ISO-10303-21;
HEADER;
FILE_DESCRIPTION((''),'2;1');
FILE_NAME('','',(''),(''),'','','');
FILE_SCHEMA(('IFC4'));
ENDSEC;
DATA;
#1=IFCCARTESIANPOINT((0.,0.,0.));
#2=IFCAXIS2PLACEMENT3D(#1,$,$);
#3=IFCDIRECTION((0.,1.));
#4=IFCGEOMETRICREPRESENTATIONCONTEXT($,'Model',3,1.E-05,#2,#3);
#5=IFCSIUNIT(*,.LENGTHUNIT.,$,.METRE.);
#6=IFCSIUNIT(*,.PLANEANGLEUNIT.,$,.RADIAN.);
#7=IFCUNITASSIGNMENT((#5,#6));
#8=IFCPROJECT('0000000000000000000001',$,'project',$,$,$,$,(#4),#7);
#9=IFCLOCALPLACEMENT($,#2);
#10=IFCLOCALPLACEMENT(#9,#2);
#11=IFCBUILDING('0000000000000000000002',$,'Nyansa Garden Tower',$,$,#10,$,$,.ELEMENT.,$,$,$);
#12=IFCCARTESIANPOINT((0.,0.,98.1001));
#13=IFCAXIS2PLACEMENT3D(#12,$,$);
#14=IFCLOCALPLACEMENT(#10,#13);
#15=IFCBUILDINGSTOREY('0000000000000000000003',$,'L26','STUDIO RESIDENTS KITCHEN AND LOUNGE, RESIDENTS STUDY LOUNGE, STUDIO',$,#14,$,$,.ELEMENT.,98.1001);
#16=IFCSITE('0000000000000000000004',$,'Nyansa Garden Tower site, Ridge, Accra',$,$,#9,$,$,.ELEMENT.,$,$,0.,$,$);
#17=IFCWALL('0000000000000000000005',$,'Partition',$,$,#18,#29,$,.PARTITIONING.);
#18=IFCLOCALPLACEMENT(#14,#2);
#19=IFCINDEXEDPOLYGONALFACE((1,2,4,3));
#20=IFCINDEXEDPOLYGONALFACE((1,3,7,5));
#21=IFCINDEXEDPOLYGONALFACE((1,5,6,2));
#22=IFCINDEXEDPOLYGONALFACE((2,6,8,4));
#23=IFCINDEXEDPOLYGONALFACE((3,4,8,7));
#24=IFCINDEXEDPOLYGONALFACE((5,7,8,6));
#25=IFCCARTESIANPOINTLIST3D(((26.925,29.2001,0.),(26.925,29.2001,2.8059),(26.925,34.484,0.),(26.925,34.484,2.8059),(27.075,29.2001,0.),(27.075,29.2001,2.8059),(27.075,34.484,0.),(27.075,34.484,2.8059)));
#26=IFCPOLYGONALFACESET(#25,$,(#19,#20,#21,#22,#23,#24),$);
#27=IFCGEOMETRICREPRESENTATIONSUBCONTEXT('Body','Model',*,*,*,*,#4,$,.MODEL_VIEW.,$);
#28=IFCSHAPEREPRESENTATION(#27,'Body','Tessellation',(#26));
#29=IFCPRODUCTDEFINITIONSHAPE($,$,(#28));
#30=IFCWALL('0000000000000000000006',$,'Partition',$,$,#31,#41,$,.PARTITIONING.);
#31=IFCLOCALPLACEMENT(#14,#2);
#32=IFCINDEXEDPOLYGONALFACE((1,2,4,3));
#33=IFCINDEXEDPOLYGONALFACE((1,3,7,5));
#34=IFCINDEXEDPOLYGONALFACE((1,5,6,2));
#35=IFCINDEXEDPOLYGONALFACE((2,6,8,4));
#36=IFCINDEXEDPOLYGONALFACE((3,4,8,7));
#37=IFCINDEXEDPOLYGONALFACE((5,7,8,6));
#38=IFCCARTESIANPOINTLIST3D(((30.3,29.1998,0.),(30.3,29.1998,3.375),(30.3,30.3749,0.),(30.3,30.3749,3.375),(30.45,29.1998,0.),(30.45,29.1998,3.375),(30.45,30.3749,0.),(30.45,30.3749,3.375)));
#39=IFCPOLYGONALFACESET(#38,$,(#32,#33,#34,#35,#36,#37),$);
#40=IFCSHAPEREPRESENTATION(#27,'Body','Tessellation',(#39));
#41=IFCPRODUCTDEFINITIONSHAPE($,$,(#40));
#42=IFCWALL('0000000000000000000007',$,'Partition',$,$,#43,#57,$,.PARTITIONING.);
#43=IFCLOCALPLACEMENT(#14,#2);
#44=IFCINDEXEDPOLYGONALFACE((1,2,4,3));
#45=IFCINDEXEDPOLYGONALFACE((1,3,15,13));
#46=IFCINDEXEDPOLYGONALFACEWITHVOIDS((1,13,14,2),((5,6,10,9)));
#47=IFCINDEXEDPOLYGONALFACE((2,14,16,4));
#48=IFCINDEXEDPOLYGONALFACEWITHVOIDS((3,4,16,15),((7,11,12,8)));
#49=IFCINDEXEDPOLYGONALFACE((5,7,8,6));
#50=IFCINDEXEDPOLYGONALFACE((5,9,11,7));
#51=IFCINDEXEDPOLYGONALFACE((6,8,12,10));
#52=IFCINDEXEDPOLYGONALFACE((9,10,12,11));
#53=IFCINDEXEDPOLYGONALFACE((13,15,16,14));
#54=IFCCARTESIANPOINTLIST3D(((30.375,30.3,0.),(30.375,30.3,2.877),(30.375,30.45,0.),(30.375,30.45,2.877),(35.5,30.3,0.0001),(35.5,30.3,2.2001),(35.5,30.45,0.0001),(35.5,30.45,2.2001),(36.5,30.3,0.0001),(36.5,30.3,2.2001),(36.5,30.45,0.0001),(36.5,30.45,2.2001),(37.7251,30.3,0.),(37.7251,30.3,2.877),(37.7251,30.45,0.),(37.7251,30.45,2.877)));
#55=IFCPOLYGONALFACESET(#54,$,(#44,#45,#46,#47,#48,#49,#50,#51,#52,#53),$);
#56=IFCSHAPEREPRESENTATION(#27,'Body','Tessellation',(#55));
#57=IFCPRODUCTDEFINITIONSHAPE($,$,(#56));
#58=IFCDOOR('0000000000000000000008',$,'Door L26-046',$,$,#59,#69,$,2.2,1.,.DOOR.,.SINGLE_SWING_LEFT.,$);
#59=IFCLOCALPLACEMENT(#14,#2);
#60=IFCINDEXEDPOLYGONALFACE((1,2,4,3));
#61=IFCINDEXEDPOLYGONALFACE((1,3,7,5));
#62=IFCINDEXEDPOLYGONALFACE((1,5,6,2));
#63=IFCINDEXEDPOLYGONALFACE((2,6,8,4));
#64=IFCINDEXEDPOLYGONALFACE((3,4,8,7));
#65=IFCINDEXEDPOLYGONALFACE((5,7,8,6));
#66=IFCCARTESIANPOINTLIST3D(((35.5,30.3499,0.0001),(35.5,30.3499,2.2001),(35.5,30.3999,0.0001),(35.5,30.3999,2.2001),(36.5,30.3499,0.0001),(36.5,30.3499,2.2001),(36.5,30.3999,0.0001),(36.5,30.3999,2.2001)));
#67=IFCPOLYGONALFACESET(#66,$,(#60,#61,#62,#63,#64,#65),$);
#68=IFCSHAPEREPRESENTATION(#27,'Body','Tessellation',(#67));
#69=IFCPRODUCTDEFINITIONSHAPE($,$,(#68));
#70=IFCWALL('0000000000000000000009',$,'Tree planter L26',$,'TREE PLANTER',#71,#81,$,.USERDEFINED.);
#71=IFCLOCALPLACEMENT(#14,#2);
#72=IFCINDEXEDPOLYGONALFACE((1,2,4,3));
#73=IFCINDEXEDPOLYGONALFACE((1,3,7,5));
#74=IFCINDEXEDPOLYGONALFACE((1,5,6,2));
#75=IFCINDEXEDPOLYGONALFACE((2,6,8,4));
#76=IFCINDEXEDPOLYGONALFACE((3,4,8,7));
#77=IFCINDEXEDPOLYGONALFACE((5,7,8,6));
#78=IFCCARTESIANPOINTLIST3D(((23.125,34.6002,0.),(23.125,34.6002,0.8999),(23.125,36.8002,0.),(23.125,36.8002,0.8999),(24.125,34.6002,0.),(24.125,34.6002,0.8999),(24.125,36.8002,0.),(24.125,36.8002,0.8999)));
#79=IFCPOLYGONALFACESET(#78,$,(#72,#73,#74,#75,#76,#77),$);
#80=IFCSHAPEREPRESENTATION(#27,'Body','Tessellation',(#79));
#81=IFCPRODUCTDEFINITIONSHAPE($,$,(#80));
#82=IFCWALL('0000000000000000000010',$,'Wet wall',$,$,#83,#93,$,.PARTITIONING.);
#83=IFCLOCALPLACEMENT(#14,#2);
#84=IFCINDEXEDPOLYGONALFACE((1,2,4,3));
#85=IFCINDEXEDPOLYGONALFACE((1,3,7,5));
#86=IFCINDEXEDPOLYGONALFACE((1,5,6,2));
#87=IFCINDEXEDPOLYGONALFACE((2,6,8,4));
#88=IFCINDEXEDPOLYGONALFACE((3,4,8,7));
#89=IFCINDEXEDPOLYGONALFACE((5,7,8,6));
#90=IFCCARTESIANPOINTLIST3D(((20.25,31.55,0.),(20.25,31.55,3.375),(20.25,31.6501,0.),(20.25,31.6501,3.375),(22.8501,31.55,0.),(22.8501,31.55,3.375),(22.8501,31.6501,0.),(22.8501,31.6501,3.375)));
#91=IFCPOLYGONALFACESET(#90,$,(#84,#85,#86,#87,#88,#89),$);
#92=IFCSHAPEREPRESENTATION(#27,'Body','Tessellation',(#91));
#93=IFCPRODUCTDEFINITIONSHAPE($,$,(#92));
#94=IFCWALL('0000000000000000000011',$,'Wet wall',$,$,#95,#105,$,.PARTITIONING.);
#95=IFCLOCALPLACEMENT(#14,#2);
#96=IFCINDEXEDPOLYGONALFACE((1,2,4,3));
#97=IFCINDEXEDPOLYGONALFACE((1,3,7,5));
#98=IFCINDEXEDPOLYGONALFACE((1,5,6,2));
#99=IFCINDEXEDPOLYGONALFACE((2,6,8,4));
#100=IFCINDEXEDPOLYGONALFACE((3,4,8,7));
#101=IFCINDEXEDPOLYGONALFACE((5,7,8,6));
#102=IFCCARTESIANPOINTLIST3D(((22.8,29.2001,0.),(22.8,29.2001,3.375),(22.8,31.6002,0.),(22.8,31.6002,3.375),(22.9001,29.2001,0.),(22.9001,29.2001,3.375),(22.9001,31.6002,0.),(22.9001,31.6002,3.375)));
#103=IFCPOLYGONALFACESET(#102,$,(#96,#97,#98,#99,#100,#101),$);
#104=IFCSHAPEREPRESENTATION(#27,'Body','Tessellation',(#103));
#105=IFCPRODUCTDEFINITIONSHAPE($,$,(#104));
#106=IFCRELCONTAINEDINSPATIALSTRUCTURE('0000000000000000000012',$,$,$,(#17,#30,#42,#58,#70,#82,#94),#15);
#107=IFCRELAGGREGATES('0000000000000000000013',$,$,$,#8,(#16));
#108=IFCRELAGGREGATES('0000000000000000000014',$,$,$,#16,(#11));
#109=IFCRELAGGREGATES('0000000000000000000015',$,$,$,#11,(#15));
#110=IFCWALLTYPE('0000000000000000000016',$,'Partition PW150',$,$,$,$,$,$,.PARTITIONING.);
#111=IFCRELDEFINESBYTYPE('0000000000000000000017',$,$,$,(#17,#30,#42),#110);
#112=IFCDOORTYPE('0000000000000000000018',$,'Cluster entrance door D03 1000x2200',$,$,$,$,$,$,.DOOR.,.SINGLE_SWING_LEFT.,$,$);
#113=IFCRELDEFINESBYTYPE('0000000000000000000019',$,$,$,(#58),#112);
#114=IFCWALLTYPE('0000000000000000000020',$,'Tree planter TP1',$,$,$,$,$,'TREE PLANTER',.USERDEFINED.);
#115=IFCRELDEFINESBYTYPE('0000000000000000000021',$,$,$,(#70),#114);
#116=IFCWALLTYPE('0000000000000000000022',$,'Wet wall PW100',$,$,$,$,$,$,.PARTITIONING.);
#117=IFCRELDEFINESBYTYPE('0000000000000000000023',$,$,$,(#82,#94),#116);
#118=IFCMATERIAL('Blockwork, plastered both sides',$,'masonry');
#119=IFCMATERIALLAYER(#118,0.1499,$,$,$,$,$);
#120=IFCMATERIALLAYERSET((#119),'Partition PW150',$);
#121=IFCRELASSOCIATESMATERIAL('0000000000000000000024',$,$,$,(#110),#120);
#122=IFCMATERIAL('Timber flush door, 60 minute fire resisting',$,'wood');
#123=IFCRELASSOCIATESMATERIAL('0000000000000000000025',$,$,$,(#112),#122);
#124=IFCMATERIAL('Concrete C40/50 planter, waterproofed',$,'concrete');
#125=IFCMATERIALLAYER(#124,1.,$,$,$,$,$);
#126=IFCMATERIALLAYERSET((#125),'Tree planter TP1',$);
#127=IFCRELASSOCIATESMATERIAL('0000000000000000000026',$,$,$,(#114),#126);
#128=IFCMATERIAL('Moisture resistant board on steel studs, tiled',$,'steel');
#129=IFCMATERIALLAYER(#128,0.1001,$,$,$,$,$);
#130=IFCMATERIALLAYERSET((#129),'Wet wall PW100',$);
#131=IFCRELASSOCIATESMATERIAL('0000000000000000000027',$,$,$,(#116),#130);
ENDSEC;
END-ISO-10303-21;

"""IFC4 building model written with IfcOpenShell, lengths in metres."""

from ifc_helpers import new_model, si_unit, direction, frame, frame_2d, origin, place, context, subcontext, project, spatial, rectangle, extrude, material, layer, layer_set, type_object, element, fill, save


model = new_model("IFC4")

# Units and contexts
model_context = context("Model", 3, precision=1e-05, world=origin(), true_north=direction((0.0, 1.0)))
body_context = subcontext(model_context, "Body", "Model", "MODEL_VIEW")
ifc_project = project(units=[si_unit("LENGTHUNIT", "METRE"), si_unit("PLANEANGLEUNIT", "RADIAN")], contexts=[model_context])

# Site, building, storey
site_placement = place(None, origin())
site = spatial("IfcSite", under=ifc_project, at=site_placement, Name="Nyansa Garden Tower site, Ridge, Accra", CompositionType="ELEMENT", RefElevation=0.0)
building_placement = place(site_placement, origin())
building = spatial("IfcBuilding", under=site, at=building_placement, Name="Nyansa Garden Tower", CompositionType="ELEMENT")
storey_placement = place(building_placement, frame((0.0, 0.0, 98.1001)))
storey = spatial("IfcBuildingStorey", under=building, at=storey_placement, Name="L26", Description="STUDIO RESIDENTS KITCHEN AND LOUNGE, RESIDENTS STUDY LOUNGE, STUDIO", CompositionType="ELEMENT", Elevation=98.1001)

# Walls
ifc_material_1 = material(Name="Blockwork, plastered both sides", Category="masonry")
ifc_layer_1 = layer(ifc_material_1, 0.1499)
ifc_layer_set_1 = layer_set([ifc_layer_1], Name="Partition PW150")
wall_type_1 = type_object("IfcWallType", Name="Partition PW150", PredefinedType="PARTITIONING", material=ifc_layer_set_1)
wall_1_placement = place(storey_placement, frame((27.0, 29.2, 0.0), z_axis=(0.0, 0.0, 1.0), x_axis=(0.0, 1.0, 0.0)))
element("IfcWall", 1, at=wall_1_placement, inside=storey, type_object=wall_type_1, Name="Partition", PredefinedType="PARTITIONING", context=body_context, shape_type="SweptSolid", body=[
    extrude(rectangle(XDim=5.2839, YDim=0.1499, at=frame_2d((2.6421, 0.0))), origin(), (0.0, 0.0, 1.0), 2.8059),
])
wall_2_placement = place(storey_placement, frame((30.375, 29.2, 0.0), z_axis=(0.0, 0.0, 1.0), x_axis=(0.0, 1.0, 0.0)))
element("IfcWall", 2, at=wall_2_placement, inside=storey, type_object=wall_type_1, Name="Partition", PredefinedType="PARTITIONING", context=body_context, shape_type="SweptSolid", body=[
    extrude(rectangle(XDim=1.175, YDim=0.1499, at=frame_2d((0.5874, 0.0))), origin(), (0.0, 0.0, 1.0), 3.375),
])

# Wall, opening, door
wall_3_placement = place(storey_placement, frame((30.375, 30.375, 0.0), z_axis=(0.0, 0.0, 1.0), x_axis=(1.0, 0.0, 0.0)))
wall_3 = element("IfcWall", 3, at=wall_3_placement, inside=storey, type_object=wall_type_1, Name="Partition", PredefinedType="PARTITIONING", context=body_context, shape_type="SweptSolid", body=[
    extrude(rectangle(XDim=7.3501, YDim=0.1499, at=frame_2d((3.675, 0.0))), origin(), (0.0, 0.0, 1.0), 2.877),
])
opening_1_placement = place(wall_3_placement, frame((5.125, 0.0, 0.0)))
opening_1 = element("IfcOpeningElement", 4, at=opening_1_placement, cuts=wall_3, PredefinedType="OPENING", context=body_context, shape_type="SweptSolid", body=[
    extrude(rectangle(XDim=1.0, YDim=2.2, at=frame_2d((0.5, 1.1001))), frame((0.0, 0.085, 0.0), z_axis=(0.0, -1.0, 0.0), x_axis=(1.0, 0.0, 0.0)), (0.0, 0.0, 1.0), 0.1699),
])
ifc_material_2 = material(Name="Timber flush door, 60 minute fire resisting", Category="wood")
door_type_1 = type_object("IfcDoorType", Name="Cluster entrance door D03 1000x2200", OperationType="SINGLE_SWING_LEFT", PredefinedType="DOOR", material=ifc_material_2)
door_1_placement = place(opening_1_placement, origin())
door_1 = element("IfcDoor", 5, at=door_1_placement, inside=storey, type_object=door_type_1, Name="Door L26-046", OperationType="SINGLE_SWING_LEFT", OverallHeight=2.2, OverallWidth=1.0, PredefinedType="DOOR", context=body_context, shape_type="SweptSolid", body=[
    extrude(rectangle(XDim=1.0, YDim=2.2, at=frame_2d((0.5, 1.1001))), frame((0.0, 0.0249, 0.0), z_axis=(0.0, -1.0, 0.0), x_axis=(1.0, 0.0, 0.0)), (0.0, 0.0, 1.0), 0.05),
])
fill(opening_1, door_1)

# Walls
ifc_material_3 = material(Name="Concrete C40/50 planter, waterproofed", Category="concrete")
ifc_layer_2 = layer(ifc_material_3, 1.0)
ifc_layer_set_2 = layer_set([ifc_layer_2], Name="Tree planter TP1")
wall_type_2 = type_object("IfcWallType", Name="Tree planter TP1", ElementType="TREE PLANTER", PredefinedType="USERDEFINED", material=ifc_layer_set_2)
wall_4_placement = place(storey_placement, frame((23.625, 34.6001, 0.0), z_axis=(0.0, 0.0, 1.0), x_axis=(0.0, 1.0, 0.0)))
element("IfcWall", 6, at=wall_4_placement, inside=storey, type_object=wall_type_2, Name="Tree planter L26", ObjectType="TREE PLANTER", PredefinedType="USERDEFINED", context=body_context, shape_type="SweptSolid", body=[
    extrude(rectangle(XDim=2.2, YDim=1.0, at=frame_2d((1.1001, 0.0))), origin(), (0.0, 0.0, 1.0), 0.8999),
])
ifc_material_4 = material(Name="Moisture resistant board on steel studs, tiled", Category="steel")
ifc_layer_3 = layer(ifc_material_4, 0.1001)
ifc_layer_set_3 = layer_set([ifc_layer_3], Name="Wet wall PW100")
wall_type_3 = type_object("IfcWallType", Name="Wet wall PW100", PredefinedType="PARTITIONING", material=ifc_layer_set_3)
wall_5_placement = place(storey_placement, frame((20.25, 31.6001, 0.0), z_axis=(0.0, 0.0, 1.0), x_axis=(1.0, 0.0, 0.0)))
element("IfcWall", 7, at=wall_5_placement, inside=storey, type_object=wall_type_3, Name="Wet wall", PredefinedType="PARTITIONING", context=body_context, shape_type="SweptSolid", body=[
    extrude(rectangle(XDim=2.6001, YDim=0.1001, at=frame_2d((1.3, 0.0))), origin(), (0.0, 0.0, 1.0), 3.375),
])
wall_6_placement = place(storey_placement, frame((22.8501, 29.2, 0.0), z_axis=(0.0, 0.0, 1.0), x_axis=(0.0, 1.0, 0.0)))
element("IfcWall", 8, at=wall_6_placement, inside=storey, type_object=wall_type_3, Name="Wet wall", PredefinedType="PARTITIONING", context=body_context, shape_type="SweptSolid", body=[
    extrude(rectangle(XDim=2.4001, YDim=0.1001, at=frame_2d((1.2002, 0.0))), origin(), (0.0, 0.0, 1.0), 3.375),
])

save(model, "model.ifc")
